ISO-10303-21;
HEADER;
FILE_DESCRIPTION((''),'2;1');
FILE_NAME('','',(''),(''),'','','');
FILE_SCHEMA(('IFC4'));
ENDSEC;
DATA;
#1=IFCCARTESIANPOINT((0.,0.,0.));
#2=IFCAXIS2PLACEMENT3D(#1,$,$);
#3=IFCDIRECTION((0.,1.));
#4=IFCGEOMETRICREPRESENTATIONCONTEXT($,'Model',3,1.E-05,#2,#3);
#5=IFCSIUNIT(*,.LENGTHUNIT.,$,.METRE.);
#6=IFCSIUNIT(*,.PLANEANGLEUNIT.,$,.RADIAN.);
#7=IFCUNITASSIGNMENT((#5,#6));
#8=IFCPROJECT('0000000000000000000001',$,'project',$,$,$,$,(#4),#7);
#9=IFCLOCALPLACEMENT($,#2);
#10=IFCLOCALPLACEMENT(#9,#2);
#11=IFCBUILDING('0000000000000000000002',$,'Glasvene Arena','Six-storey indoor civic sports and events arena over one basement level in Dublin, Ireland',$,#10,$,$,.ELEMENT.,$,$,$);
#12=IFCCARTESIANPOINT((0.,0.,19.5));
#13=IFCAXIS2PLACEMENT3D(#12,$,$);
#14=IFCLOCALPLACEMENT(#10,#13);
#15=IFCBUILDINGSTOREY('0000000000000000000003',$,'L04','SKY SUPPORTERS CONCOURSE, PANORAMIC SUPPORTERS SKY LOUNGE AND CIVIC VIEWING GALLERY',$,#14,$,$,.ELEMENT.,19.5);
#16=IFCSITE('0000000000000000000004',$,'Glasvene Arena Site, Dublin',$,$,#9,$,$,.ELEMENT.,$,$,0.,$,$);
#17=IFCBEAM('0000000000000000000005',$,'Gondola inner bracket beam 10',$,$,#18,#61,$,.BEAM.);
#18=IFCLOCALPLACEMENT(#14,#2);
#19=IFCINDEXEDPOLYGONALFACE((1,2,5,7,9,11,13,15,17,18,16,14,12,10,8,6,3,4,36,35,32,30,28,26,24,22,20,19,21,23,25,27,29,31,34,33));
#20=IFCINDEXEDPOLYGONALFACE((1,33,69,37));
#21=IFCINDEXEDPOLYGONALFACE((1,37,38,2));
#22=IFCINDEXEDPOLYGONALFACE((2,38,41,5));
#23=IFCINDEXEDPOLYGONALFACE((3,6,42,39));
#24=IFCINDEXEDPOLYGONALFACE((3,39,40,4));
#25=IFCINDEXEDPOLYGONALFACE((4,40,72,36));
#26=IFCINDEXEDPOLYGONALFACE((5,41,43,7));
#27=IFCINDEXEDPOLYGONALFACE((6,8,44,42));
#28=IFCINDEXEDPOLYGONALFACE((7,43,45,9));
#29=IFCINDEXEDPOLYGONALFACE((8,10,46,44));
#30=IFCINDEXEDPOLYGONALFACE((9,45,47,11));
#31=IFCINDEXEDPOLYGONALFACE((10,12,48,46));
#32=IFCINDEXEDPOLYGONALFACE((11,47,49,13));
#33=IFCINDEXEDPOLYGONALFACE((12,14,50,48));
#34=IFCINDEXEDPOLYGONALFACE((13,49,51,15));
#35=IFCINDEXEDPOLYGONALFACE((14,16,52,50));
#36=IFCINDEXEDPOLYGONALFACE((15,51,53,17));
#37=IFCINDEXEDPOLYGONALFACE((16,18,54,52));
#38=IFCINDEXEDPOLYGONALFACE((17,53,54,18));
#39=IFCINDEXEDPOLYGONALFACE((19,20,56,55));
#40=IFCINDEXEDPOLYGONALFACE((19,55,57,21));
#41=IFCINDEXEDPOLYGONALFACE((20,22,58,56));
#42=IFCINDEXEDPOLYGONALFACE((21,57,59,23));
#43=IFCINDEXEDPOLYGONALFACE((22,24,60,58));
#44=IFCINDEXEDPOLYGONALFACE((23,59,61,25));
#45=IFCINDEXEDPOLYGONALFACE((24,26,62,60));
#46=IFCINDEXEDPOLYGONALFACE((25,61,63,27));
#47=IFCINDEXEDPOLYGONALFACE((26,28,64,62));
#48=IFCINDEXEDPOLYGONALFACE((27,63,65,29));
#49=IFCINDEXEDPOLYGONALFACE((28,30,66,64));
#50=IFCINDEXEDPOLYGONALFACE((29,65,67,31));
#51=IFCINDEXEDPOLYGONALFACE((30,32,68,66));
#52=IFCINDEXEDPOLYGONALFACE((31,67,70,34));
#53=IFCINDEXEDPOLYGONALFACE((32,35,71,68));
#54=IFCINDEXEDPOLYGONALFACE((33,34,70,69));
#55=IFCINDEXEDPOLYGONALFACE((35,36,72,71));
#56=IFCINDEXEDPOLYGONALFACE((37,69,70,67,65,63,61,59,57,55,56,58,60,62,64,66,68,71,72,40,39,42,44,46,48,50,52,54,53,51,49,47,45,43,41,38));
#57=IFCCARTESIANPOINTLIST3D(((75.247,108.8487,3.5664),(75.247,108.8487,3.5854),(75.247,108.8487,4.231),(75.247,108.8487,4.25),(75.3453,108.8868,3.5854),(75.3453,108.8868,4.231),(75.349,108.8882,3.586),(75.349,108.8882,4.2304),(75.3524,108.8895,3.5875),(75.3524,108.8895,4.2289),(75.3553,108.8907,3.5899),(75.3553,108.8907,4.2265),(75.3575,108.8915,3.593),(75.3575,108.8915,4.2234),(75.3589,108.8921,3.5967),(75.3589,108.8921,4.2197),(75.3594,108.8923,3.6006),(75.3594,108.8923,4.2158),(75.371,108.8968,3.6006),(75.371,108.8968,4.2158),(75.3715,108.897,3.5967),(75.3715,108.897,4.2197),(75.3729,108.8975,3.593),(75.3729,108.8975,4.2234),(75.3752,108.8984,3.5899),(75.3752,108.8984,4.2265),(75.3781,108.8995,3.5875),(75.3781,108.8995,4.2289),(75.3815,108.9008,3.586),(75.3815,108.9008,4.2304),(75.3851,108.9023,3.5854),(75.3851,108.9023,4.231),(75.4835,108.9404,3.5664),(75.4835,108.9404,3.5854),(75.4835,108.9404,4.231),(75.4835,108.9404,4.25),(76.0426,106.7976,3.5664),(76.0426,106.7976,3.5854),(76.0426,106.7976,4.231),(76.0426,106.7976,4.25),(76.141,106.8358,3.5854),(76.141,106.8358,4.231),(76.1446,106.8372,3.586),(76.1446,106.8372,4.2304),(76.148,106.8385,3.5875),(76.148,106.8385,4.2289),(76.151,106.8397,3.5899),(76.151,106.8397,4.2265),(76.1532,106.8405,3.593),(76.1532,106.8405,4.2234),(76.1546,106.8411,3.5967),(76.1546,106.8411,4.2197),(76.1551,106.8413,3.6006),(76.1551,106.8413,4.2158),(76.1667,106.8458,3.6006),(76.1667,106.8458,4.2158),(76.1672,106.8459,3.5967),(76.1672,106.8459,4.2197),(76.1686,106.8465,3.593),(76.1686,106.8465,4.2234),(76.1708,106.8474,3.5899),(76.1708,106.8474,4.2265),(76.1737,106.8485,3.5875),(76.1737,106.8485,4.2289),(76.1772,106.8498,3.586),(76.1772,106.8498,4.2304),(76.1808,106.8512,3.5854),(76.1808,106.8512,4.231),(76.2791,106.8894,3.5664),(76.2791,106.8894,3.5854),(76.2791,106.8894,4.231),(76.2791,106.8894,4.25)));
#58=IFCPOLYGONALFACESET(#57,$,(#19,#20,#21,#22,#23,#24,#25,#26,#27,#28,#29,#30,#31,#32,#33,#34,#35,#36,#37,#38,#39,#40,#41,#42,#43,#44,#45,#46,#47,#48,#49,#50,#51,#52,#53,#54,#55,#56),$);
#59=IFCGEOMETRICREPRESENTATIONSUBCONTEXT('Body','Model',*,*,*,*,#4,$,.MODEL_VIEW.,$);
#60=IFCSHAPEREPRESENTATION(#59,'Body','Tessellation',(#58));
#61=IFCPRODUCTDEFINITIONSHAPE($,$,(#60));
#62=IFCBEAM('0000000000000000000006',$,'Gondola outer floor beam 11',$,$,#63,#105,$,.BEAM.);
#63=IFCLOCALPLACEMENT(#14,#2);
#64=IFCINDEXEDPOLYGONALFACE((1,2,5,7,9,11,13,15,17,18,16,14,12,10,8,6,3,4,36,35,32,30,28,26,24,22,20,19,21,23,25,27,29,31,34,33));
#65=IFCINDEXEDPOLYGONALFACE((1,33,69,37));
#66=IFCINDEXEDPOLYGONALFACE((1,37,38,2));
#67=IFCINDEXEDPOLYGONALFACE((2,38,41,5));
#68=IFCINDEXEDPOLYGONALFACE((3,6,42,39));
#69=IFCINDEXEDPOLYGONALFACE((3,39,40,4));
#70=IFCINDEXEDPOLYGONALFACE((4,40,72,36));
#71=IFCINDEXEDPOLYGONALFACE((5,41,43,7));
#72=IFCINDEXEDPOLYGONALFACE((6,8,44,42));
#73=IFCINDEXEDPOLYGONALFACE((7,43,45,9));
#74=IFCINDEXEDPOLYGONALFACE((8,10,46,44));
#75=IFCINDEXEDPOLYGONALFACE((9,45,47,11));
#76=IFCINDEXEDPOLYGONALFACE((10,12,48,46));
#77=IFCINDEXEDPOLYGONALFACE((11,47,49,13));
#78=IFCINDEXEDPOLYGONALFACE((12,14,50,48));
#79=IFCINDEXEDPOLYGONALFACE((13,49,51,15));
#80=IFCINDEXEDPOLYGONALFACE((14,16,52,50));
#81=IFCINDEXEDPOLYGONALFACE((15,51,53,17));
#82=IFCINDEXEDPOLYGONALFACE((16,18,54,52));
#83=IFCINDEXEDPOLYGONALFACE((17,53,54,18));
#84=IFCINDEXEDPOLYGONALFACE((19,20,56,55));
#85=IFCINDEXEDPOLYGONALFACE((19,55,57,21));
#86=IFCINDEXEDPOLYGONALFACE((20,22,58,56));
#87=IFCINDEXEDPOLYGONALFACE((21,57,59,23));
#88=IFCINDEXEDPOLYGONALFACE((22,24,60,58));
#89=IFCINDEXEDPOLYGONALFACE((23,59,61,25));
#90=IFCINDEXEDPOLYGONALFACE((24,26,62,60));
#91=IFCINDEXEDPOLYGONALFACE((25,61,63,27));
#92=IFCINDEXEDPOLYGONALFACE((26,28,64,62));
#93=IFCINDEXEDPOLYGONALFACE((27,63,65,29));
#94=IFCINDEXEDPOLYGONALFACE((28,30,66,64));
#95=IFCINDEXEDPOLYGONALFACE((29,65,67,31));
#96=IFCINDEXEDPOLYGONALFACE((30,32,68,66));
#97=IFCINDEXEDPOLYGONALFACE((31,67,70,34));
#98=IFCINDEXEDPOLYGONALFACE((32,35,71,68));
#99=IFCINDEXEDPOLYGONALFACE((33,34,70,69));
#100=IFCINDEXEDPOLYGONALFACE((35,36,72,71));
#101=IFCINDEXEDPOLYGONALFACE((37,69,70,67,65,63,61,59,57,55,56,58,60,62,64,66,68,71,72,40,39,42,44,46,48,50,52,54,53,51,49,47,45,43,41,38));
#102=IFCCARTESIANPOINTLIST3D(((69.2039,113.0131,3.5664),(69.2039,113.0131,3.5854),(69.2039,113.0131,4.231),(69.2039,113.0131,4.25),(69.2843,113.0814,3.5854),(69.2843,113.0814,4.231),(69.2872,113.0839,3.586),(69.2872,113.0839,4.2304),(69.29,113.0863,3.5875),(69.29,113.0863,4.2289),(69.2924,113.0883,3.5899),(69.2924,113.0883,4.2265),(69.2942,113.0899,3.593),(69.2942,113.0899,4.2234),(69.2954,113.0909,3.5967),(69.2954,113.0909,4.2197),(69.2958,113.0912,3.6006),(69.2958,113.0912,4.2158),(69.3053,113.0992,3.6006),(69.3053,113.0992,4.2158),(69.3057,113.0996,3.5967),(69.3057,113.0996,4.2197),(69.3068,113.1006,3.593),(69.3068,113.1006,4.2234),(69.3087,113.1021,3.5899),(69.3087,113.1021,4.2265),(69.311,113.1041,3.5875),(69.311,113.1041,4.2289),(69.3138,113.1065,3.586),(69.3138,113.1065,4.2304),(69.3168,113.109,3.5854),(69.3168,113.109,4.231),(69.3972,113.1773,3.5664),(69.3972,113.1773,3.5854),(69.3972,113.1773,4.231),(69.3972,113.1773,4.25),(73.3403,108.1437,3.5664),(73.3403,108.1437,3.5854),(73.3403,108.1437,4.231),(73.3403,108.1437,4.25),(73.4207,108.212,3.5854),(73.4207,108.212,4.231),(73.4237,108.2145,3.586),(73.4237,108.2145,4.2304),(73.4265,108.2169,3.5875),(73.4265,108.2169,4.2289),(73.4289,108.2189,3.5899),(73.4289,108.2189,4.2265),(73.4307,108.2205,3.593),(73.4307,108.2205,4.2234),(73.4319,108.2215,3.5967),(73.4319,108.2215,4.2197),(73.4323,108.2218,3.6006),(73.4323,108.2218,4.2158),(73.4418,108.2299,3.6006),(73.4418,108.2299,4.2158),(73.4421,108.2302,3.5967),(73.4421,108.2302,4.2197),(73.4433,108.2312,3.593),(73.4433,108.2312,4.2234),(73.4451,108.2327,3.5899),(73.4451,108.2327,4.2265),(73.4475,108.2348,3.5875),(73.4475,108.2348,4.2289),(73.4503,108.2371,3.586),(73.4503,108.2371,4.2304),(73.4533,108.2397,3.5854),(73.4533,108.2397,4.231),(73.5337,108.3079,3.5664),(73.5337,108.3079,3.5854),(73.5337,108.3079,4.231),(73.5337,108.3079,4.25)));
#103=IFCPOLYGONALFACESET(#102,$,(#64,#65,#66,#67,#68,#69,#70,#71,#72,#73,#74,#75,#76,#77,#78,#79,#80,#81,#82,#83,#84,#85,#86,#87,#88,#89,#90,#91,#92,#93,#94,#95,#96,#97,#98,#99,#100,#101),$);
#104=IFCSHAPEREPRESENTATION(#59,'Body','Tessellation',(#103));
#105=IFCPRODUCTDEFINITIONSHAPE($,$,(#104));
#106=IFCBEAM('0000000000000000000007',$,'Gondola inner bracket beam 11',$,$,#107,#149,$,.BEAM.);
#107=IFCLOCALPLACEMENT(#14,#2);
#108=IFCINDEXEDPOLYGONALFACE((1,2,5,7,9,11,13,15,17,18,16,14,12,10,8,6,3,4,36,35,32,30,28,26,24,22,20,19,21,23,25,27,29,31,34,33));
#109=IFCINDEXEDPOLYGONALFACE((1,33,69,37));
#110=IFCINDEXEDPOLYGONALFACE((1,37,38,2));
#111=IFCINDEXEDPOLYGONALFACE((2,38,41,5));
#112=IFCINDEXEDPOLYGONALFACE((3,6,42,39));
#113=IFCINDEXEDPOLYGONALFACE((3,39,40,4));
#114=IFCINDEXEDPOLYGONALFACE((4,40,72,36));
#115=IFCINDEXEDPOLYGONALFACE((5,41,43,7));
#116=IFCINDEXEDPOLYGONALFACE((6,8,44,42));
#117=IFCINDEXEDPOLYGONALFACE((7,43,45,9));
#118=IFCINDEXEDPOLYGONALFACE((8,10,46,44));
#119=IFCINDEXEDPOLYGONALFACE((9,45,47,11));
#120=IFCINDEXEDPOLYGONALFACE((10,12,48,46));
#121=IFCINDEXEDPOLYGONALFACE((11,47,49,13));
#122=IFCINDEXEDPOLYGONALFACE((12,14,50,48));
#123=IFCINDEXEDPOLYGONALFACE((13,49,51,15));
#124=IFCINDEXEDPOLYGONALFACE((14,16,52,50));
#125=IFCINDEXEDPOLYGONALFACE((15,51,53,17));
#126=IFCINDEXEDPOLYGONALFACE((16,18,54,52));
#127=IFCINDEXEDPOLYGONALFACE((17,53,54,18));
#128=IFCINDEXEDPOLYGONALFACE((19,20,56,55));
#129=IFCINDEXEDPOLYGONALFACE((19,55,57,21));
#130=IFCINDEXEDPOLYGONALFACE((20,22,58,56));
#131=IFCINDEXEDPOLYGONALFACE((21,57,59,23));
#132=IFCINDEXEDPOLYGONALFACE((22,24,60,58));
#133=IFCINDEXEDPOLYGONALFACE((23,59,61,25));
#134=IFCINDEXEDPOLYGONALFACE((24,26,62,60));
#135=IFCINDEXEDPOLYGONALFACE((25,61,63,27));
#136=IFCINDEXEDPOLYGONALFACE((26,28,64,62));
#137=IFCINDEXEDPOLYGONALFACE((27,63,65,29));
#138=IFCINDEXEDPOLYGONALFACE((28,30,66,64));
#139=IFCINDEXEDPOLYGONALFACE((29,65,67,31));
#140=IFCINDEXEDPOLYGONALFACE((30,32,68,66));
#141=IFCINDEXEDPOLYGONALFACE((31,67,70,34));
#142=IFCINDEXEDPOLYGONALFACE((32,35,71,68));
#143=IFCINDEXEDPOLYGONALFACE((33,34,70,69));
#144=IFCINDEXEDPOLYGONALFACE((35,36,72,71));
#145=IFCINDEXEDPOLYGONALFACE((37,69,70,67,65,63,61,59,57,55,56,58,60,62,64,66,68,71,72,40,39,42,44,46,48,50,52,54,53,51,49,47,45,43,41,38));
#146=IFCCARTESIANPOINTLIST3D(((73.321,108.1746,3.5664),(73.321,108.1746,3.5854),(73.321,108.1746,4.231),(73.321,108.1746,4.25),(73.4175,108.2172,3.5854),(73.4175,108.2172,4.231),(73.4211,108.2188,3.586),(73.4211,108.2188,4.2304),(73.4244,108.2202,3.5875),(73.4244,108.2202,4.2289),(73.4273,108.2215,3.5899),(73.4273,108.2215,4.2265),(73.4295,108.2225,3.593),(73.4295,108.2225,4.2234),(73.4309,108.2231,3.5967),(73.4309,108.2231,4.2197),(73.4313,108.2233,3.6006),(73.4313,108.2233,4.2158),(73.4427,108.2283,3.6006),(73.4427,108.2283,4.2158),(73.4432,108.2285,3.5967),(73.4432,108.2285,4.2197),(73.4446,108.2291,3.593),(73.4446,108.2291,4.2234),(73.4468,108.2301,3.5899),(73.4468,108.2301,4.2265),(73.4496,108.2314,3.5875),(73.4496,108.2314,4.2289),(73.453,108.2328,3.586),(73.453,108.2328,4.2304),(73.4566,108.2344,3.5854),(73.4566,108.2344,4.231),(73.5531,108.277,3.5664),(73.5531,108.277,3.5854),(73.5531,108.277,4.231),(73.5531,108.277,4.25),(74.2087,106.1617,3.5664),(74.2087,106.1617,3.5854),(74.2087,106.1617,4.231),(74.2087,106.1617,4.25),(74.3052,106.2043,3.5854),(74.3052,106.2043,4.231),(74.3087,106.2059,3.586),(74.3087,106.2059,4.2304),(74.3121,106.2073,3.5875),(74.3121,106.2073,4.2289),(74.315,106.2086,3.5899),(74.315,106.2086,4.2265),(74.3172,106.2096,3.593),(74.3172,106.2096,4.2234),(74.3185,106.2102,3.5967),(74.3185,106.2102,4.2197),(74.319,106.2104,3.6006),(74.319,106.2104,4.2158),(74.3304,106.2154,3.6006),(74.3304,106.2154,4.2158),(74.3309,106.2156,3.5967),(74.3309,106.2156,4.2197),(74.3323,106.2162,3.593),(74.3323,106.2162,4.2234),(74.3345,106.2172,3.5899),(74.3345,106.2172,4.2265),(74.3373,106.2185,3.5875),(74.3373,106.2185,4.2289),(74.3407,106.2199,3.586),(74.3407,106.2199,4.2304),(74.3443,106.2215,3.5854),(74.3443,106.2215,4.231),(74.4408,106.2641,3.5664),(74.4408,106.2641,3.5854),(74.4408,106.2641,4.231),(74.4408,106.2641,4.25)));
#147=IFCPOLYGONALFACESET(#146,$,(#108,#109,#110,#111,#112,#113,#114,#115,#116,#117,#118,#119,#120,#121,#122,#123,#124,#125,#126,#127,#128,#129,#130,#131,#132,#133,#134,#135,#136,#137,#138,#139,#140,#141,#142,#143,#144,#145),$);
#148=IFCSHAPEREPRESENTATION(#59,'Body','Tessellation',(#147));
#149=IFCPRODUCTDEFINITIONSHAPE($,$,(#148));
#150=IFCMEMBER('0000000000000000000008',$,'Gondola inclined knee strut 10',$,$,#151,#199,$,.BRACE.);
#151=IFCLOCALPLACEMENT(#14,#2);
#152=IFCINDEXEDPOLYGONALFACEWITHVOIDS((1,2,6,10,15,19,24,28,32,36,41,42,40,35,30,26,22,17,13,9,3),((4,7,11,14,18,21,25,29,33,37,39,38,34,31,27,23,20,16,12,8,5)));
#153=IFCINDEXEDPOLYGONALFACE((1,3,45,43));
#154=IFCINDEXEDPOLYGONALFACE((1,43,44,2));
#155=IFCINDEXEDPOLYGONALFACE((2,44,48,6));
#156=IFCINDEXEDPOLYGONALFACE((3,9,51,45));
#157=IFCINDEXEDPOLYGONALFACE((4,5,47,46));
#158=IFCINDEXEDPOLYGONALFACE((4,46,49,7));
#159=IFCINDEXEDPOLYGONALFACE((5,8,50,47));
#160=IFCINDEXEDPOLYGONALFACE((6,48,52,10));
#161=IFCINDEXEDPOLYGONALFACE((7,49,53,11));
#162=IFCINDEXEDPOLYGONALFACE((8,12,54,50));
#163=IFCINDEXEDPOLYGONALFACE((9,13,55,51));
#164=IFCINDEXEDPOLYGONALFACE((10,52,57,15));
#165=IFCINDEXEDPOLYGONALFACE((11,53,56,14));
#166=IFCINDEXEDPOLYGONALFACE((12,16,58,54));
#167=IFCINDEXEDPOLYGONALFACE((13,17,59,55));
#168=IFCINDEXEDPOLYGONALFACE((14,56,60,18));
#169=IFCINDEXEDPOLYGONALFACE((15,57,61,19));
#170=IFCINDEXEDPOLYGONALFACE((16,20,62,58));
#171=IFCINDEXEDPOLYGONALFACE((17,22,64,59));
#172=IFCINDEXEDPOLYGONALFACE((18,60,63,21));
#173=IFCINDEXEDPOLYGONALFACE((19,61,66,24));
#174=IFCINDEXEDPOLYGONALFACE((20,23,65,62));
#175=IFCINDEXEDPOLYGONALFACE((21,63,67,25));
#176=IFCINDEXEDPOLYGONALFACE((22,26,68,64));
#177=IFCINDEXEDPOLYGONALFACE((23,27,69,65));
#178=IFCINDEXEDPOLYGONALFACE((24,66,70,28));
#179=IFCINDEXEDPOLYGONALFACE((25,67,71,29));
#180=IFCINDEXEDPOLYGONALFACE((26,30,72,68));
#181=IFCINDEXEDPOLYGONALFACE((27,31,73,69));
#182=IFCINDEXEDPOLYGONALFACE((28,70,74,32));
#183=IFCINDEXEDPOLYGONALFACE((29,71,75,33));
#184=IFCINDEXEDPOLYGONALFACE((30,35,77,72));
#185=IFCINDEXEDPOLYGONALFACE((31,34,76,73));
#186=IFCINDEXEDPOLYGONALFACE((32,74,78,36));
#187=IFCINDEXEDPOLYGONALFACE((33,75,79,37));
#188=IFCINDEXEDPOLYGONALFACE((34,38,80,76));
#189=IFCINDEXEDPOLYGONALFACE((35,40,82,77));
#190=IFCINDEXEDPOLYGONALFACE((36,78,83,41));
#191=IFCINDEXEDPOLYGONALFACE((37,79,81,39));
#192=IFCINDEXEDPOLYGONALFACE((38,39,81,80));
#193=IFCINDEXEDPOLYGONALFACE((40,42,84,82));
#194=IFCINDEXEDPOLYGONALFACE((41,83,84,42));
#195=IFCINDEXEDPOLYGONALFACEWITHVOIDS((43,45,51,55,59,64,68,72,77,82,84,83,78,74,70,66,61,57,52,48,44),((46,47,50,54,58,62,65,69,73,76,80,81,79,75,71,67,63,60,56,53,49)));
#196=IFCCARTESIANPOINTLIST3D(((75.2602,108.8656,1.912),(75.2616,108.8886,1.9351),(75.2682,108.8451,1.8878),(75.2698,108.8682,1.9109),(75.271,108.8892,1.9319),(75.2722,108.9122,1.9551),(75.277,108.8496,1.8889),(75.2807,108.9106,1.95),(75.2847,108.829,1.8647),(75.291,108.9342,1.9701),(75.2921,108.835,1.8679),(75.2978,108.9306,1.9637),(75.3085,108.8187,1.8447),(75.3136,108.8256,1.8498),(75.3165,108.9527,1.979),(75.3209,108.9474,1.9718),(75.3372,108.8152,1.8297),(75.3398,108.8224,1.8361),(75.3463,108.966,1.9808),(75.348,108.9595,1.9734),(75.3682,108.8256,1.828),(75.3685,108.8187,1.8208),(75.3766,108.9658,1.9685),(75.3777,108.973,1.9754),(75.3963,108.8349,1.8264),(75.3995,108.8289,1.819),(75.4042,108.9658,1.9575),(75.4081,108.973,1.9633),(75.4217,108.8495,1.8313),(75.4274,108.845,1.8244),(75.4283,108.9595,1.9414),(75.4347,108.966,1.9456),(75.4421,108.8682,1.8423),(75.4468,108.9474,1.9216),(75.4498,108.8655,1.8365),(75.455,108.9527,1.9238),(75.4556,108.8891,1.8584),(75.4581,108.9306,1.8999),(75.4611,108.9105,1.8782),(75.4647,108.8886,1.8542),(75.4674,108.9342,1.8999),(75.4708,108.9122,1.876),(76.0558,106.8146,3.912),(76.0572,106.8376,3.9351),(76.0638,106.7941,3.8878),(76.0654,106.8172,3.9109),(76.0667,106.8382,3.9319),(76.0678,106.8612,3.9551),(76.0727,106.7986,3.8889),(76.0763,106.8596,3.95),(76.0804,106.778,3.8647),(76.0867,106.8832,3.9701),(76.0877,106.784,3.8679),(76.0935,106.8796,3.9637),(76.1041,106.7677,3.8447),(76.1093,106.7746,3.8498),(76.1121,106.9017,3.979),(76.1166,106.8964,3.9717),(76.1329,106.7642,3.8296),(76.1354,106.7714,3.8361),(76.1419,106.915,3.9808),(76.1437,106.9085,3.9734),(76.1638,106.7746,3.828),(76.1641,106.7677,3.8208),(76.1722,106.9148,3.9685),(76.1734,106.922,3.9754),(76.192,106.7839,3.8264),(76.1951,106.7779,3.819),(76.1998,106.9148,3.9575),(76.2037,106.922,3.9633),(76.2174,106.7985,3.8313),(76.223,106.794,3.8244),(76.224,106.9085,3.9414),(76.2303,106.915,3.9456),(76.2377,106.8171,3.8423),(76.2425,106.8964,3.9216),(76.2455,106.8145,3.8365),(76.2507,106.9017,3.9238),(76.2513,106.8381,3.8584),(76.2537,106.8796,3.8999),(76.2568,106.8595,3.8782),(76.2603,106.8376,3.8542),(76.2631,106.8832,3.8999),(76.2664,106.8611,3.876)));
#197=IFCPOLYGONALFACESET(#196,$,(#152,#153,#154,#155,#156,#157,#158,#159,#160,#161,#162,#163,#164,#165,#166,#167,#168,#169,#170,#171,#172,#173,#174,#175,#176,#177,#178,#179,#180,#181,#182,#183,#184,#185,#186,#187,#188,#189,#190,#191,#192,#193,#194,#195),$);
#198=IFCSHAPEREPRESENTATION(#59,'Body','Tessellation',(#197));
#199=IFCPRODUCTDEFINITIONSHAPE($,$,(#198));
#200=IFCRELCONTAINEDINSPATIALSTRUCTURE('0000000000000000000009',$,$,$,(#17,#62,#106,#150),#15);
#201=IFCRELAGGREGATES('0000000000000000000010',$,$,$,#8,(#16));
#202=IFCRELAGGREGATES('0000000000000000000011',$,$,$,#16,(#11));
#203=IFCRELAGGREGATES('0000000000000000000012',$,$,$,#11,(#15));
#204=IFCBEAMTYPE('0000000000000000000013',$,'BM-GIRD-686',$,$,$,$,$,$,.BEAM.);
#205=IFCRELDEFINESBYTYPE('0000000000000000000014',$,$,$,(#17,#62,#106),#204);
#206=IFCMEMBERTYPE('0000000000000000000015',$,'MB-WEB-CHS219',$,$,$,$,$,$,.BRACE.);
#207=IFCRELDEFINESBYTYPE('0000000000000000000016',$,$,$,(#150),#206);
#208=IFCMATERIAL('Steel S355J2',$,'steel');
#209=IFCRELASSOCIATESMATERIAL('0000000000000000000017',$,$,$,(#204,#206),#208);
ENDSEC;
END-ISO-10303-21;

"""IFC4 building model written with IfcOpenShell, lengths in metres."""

from ifc_helpers import new_model, si_unit, direction, frame, origin, origin_2d, place, context, subcontext, project, spatial, hollow_circle, i_section, extrude, material, material_profile, profile_set, type_object, element, save


model = new_model("IFC4")

# Units and contexts
model_context = context("Model", 3, precision=1e-05, world=origin(), true_north=direction((0.0, 1.0)))
body_context = subcontext(model_context, "Body", "Model", "MODEL_VIEW")
ifc_project = project(units=[si_unit("LENGTHUNIT", "METRE"), si_unit("PLANEANGLEUNIT", "RADIAN")], contexts=[model_context])

# Site, building, storey
site_placement = place(None, origin())
site = spatial("IfcSite", under=ifc_project, at=site_placement, Name="Glasvene Arena Site, Dublin", CompositionType="ELEMENT", RefElevation=0.0)
building_placement = place(site_placement, origin())
building = spatial("IfcBuilding", under=site, at=building_placement, Name="Glasvene Arena", Description="Six-storey indoor civic sports and events arena over one basement level in Dublin, Ireland", CompositionType="ELEMENT")
storey_placement = place(building_placement, frame((0.0, 0.0, 19.5)))
storey = spatial("IfcBuildingStorey", under=building, at=storey_placement, Name="L04", Description="SKY SUPPORTERS CONCOURSE, PANORAMIC SUPPORTERS SKY LOUNGE AND CIVIC VIEWING GALLERY", CompositionType="ELEMENT", Elevation=19.5)

# Shared definitions
ifc_material_1 = material(Name="Steel S355J2", Category="steel")

# Beams
ifc_material_profile_1 = material_profile(ifc_material_1, i_section(OverallWidth=0.2537, OverallDepth=0.6836, WebThickness=0.0125, FlangeThickness=0.019, FilletRadius=0.0151, at=origin_2d()), Name="UKB 686x254x140")
ifc_profile_set_1 = profile_set([ifc_material_profile_1], Name="Steel S355J2")
beam_type_1 = type_object("IfcBeamType", Name="BM-GIRD-686", PredefinedType="BEAM", material=ifc_profile_set_1)
beam_1_placement = place(storey_placement, frame((76.1609, 106.8435, 3.9082), z_axis=(-0.36167, 0.932306, 0.0), x_axis=(-0.932306, -0.36167, 0.0)))
element("IfcBeam", 1, at=beam_1_placement, inside=storey, type_object=beam_type_1, Name="Gondola inner bracket beam 10", PredefinedType="BEAM", context=body_context, shape_type="SweptSolid", body=[
    extrude(i_section(OverallWidth=0.2537, OverallDepth=0.6836, WebThickness=0.0125, FlangeThickness=0.019, FilletRadius=0.0151, at=origin_2d()), origin(), (0.0, 0.0, 1.0), 2.2),
])
beam_2_placement = place(storey_placement, frame((73.437, 108.2258, 3.9082), z_axis=(-0.647421, 0.762133, 0.0), x_axis=(-0.762133, -0.647421, 0.0)))
element("IfcBeam", 2, at=beam_2_placement, inside=storey, type_object=beam_type_1, Name="Gondola outer floor beam 11", PredefinedType="BEAM", context=body_context, shape_type="SweptSolid", body=[
    extrude(i_section(OverallWidth=0.2537, OverallDepth=0.6836, WebThickness=0.0125, FlangeThickness=0.019, FilletRadius=0.0151, at=origin_2d()), origin(), (0.0, 0.0, 1.0), 6.3892),
])
beam_3_placement = place(storey_placement, frame((74.3247, 106.2129, 3.9082), z_axis=(-0.403501, 0.914979, 0.0), x_axis=(-0.914979, -0.403501, 0.0)))
element("IfcBeam", 3, at=beam_3_placement, inside=storey, type_object=beam_type_1, Name="Gondola inner bracket beam 11", PredefinedType="BEAM", context=body_context, shape_type="SweptSolid", body=[
    extrude(i_section(OverallWidth=0.2537, OverallDepth=0.6836, WebThickness=0.0125, FlangeThickness=0.019, FilletRadius=0.0151, at=origin_2d()), origin(), (0.0, 0.0, 1.0), 2.2),
])

# Member
ifc_material_profile_2 = material_profile(ifc_material_1, hollow_circle(Radius=0.1096, WallThickness=0.01, at=origin_2d()), Name="CHS 219.1x10.0")
ifc_profile_set_2 = profile_set([ifc_material_profile_2], Name="Steel S355J2")
member_type = type_object("IfcMemberType", Name="MB-WEB-CHS219", PredefinedType="BRACE", material=ifc_profile_set_2)
for number, where, z_axis, x_axis, name in (
    (4, (75.3652, 108.8945, 1.8999), (0.267611, -0.689843, 0.672682), (0.932306, 0.36167, 0.0), "Gondola inclined knee strut 10"),
):
    element("IfcMember", number, at=place(storey_placement, frame(where, z_axis=z_axis, x_axis=x_axis)), inside=storey, type_object=member_type, Name=name, PredefinedType="BRACE", context=body_context, shape_type="SweptSolid", body=[
        extrude(hollow_circle(Radius=0.1096, WallThickness=0.01, at=origin_2d()), origin(), (0.0, 0.0, 1.0), 2.9731),
    ])

save(model, "model.ifc")
